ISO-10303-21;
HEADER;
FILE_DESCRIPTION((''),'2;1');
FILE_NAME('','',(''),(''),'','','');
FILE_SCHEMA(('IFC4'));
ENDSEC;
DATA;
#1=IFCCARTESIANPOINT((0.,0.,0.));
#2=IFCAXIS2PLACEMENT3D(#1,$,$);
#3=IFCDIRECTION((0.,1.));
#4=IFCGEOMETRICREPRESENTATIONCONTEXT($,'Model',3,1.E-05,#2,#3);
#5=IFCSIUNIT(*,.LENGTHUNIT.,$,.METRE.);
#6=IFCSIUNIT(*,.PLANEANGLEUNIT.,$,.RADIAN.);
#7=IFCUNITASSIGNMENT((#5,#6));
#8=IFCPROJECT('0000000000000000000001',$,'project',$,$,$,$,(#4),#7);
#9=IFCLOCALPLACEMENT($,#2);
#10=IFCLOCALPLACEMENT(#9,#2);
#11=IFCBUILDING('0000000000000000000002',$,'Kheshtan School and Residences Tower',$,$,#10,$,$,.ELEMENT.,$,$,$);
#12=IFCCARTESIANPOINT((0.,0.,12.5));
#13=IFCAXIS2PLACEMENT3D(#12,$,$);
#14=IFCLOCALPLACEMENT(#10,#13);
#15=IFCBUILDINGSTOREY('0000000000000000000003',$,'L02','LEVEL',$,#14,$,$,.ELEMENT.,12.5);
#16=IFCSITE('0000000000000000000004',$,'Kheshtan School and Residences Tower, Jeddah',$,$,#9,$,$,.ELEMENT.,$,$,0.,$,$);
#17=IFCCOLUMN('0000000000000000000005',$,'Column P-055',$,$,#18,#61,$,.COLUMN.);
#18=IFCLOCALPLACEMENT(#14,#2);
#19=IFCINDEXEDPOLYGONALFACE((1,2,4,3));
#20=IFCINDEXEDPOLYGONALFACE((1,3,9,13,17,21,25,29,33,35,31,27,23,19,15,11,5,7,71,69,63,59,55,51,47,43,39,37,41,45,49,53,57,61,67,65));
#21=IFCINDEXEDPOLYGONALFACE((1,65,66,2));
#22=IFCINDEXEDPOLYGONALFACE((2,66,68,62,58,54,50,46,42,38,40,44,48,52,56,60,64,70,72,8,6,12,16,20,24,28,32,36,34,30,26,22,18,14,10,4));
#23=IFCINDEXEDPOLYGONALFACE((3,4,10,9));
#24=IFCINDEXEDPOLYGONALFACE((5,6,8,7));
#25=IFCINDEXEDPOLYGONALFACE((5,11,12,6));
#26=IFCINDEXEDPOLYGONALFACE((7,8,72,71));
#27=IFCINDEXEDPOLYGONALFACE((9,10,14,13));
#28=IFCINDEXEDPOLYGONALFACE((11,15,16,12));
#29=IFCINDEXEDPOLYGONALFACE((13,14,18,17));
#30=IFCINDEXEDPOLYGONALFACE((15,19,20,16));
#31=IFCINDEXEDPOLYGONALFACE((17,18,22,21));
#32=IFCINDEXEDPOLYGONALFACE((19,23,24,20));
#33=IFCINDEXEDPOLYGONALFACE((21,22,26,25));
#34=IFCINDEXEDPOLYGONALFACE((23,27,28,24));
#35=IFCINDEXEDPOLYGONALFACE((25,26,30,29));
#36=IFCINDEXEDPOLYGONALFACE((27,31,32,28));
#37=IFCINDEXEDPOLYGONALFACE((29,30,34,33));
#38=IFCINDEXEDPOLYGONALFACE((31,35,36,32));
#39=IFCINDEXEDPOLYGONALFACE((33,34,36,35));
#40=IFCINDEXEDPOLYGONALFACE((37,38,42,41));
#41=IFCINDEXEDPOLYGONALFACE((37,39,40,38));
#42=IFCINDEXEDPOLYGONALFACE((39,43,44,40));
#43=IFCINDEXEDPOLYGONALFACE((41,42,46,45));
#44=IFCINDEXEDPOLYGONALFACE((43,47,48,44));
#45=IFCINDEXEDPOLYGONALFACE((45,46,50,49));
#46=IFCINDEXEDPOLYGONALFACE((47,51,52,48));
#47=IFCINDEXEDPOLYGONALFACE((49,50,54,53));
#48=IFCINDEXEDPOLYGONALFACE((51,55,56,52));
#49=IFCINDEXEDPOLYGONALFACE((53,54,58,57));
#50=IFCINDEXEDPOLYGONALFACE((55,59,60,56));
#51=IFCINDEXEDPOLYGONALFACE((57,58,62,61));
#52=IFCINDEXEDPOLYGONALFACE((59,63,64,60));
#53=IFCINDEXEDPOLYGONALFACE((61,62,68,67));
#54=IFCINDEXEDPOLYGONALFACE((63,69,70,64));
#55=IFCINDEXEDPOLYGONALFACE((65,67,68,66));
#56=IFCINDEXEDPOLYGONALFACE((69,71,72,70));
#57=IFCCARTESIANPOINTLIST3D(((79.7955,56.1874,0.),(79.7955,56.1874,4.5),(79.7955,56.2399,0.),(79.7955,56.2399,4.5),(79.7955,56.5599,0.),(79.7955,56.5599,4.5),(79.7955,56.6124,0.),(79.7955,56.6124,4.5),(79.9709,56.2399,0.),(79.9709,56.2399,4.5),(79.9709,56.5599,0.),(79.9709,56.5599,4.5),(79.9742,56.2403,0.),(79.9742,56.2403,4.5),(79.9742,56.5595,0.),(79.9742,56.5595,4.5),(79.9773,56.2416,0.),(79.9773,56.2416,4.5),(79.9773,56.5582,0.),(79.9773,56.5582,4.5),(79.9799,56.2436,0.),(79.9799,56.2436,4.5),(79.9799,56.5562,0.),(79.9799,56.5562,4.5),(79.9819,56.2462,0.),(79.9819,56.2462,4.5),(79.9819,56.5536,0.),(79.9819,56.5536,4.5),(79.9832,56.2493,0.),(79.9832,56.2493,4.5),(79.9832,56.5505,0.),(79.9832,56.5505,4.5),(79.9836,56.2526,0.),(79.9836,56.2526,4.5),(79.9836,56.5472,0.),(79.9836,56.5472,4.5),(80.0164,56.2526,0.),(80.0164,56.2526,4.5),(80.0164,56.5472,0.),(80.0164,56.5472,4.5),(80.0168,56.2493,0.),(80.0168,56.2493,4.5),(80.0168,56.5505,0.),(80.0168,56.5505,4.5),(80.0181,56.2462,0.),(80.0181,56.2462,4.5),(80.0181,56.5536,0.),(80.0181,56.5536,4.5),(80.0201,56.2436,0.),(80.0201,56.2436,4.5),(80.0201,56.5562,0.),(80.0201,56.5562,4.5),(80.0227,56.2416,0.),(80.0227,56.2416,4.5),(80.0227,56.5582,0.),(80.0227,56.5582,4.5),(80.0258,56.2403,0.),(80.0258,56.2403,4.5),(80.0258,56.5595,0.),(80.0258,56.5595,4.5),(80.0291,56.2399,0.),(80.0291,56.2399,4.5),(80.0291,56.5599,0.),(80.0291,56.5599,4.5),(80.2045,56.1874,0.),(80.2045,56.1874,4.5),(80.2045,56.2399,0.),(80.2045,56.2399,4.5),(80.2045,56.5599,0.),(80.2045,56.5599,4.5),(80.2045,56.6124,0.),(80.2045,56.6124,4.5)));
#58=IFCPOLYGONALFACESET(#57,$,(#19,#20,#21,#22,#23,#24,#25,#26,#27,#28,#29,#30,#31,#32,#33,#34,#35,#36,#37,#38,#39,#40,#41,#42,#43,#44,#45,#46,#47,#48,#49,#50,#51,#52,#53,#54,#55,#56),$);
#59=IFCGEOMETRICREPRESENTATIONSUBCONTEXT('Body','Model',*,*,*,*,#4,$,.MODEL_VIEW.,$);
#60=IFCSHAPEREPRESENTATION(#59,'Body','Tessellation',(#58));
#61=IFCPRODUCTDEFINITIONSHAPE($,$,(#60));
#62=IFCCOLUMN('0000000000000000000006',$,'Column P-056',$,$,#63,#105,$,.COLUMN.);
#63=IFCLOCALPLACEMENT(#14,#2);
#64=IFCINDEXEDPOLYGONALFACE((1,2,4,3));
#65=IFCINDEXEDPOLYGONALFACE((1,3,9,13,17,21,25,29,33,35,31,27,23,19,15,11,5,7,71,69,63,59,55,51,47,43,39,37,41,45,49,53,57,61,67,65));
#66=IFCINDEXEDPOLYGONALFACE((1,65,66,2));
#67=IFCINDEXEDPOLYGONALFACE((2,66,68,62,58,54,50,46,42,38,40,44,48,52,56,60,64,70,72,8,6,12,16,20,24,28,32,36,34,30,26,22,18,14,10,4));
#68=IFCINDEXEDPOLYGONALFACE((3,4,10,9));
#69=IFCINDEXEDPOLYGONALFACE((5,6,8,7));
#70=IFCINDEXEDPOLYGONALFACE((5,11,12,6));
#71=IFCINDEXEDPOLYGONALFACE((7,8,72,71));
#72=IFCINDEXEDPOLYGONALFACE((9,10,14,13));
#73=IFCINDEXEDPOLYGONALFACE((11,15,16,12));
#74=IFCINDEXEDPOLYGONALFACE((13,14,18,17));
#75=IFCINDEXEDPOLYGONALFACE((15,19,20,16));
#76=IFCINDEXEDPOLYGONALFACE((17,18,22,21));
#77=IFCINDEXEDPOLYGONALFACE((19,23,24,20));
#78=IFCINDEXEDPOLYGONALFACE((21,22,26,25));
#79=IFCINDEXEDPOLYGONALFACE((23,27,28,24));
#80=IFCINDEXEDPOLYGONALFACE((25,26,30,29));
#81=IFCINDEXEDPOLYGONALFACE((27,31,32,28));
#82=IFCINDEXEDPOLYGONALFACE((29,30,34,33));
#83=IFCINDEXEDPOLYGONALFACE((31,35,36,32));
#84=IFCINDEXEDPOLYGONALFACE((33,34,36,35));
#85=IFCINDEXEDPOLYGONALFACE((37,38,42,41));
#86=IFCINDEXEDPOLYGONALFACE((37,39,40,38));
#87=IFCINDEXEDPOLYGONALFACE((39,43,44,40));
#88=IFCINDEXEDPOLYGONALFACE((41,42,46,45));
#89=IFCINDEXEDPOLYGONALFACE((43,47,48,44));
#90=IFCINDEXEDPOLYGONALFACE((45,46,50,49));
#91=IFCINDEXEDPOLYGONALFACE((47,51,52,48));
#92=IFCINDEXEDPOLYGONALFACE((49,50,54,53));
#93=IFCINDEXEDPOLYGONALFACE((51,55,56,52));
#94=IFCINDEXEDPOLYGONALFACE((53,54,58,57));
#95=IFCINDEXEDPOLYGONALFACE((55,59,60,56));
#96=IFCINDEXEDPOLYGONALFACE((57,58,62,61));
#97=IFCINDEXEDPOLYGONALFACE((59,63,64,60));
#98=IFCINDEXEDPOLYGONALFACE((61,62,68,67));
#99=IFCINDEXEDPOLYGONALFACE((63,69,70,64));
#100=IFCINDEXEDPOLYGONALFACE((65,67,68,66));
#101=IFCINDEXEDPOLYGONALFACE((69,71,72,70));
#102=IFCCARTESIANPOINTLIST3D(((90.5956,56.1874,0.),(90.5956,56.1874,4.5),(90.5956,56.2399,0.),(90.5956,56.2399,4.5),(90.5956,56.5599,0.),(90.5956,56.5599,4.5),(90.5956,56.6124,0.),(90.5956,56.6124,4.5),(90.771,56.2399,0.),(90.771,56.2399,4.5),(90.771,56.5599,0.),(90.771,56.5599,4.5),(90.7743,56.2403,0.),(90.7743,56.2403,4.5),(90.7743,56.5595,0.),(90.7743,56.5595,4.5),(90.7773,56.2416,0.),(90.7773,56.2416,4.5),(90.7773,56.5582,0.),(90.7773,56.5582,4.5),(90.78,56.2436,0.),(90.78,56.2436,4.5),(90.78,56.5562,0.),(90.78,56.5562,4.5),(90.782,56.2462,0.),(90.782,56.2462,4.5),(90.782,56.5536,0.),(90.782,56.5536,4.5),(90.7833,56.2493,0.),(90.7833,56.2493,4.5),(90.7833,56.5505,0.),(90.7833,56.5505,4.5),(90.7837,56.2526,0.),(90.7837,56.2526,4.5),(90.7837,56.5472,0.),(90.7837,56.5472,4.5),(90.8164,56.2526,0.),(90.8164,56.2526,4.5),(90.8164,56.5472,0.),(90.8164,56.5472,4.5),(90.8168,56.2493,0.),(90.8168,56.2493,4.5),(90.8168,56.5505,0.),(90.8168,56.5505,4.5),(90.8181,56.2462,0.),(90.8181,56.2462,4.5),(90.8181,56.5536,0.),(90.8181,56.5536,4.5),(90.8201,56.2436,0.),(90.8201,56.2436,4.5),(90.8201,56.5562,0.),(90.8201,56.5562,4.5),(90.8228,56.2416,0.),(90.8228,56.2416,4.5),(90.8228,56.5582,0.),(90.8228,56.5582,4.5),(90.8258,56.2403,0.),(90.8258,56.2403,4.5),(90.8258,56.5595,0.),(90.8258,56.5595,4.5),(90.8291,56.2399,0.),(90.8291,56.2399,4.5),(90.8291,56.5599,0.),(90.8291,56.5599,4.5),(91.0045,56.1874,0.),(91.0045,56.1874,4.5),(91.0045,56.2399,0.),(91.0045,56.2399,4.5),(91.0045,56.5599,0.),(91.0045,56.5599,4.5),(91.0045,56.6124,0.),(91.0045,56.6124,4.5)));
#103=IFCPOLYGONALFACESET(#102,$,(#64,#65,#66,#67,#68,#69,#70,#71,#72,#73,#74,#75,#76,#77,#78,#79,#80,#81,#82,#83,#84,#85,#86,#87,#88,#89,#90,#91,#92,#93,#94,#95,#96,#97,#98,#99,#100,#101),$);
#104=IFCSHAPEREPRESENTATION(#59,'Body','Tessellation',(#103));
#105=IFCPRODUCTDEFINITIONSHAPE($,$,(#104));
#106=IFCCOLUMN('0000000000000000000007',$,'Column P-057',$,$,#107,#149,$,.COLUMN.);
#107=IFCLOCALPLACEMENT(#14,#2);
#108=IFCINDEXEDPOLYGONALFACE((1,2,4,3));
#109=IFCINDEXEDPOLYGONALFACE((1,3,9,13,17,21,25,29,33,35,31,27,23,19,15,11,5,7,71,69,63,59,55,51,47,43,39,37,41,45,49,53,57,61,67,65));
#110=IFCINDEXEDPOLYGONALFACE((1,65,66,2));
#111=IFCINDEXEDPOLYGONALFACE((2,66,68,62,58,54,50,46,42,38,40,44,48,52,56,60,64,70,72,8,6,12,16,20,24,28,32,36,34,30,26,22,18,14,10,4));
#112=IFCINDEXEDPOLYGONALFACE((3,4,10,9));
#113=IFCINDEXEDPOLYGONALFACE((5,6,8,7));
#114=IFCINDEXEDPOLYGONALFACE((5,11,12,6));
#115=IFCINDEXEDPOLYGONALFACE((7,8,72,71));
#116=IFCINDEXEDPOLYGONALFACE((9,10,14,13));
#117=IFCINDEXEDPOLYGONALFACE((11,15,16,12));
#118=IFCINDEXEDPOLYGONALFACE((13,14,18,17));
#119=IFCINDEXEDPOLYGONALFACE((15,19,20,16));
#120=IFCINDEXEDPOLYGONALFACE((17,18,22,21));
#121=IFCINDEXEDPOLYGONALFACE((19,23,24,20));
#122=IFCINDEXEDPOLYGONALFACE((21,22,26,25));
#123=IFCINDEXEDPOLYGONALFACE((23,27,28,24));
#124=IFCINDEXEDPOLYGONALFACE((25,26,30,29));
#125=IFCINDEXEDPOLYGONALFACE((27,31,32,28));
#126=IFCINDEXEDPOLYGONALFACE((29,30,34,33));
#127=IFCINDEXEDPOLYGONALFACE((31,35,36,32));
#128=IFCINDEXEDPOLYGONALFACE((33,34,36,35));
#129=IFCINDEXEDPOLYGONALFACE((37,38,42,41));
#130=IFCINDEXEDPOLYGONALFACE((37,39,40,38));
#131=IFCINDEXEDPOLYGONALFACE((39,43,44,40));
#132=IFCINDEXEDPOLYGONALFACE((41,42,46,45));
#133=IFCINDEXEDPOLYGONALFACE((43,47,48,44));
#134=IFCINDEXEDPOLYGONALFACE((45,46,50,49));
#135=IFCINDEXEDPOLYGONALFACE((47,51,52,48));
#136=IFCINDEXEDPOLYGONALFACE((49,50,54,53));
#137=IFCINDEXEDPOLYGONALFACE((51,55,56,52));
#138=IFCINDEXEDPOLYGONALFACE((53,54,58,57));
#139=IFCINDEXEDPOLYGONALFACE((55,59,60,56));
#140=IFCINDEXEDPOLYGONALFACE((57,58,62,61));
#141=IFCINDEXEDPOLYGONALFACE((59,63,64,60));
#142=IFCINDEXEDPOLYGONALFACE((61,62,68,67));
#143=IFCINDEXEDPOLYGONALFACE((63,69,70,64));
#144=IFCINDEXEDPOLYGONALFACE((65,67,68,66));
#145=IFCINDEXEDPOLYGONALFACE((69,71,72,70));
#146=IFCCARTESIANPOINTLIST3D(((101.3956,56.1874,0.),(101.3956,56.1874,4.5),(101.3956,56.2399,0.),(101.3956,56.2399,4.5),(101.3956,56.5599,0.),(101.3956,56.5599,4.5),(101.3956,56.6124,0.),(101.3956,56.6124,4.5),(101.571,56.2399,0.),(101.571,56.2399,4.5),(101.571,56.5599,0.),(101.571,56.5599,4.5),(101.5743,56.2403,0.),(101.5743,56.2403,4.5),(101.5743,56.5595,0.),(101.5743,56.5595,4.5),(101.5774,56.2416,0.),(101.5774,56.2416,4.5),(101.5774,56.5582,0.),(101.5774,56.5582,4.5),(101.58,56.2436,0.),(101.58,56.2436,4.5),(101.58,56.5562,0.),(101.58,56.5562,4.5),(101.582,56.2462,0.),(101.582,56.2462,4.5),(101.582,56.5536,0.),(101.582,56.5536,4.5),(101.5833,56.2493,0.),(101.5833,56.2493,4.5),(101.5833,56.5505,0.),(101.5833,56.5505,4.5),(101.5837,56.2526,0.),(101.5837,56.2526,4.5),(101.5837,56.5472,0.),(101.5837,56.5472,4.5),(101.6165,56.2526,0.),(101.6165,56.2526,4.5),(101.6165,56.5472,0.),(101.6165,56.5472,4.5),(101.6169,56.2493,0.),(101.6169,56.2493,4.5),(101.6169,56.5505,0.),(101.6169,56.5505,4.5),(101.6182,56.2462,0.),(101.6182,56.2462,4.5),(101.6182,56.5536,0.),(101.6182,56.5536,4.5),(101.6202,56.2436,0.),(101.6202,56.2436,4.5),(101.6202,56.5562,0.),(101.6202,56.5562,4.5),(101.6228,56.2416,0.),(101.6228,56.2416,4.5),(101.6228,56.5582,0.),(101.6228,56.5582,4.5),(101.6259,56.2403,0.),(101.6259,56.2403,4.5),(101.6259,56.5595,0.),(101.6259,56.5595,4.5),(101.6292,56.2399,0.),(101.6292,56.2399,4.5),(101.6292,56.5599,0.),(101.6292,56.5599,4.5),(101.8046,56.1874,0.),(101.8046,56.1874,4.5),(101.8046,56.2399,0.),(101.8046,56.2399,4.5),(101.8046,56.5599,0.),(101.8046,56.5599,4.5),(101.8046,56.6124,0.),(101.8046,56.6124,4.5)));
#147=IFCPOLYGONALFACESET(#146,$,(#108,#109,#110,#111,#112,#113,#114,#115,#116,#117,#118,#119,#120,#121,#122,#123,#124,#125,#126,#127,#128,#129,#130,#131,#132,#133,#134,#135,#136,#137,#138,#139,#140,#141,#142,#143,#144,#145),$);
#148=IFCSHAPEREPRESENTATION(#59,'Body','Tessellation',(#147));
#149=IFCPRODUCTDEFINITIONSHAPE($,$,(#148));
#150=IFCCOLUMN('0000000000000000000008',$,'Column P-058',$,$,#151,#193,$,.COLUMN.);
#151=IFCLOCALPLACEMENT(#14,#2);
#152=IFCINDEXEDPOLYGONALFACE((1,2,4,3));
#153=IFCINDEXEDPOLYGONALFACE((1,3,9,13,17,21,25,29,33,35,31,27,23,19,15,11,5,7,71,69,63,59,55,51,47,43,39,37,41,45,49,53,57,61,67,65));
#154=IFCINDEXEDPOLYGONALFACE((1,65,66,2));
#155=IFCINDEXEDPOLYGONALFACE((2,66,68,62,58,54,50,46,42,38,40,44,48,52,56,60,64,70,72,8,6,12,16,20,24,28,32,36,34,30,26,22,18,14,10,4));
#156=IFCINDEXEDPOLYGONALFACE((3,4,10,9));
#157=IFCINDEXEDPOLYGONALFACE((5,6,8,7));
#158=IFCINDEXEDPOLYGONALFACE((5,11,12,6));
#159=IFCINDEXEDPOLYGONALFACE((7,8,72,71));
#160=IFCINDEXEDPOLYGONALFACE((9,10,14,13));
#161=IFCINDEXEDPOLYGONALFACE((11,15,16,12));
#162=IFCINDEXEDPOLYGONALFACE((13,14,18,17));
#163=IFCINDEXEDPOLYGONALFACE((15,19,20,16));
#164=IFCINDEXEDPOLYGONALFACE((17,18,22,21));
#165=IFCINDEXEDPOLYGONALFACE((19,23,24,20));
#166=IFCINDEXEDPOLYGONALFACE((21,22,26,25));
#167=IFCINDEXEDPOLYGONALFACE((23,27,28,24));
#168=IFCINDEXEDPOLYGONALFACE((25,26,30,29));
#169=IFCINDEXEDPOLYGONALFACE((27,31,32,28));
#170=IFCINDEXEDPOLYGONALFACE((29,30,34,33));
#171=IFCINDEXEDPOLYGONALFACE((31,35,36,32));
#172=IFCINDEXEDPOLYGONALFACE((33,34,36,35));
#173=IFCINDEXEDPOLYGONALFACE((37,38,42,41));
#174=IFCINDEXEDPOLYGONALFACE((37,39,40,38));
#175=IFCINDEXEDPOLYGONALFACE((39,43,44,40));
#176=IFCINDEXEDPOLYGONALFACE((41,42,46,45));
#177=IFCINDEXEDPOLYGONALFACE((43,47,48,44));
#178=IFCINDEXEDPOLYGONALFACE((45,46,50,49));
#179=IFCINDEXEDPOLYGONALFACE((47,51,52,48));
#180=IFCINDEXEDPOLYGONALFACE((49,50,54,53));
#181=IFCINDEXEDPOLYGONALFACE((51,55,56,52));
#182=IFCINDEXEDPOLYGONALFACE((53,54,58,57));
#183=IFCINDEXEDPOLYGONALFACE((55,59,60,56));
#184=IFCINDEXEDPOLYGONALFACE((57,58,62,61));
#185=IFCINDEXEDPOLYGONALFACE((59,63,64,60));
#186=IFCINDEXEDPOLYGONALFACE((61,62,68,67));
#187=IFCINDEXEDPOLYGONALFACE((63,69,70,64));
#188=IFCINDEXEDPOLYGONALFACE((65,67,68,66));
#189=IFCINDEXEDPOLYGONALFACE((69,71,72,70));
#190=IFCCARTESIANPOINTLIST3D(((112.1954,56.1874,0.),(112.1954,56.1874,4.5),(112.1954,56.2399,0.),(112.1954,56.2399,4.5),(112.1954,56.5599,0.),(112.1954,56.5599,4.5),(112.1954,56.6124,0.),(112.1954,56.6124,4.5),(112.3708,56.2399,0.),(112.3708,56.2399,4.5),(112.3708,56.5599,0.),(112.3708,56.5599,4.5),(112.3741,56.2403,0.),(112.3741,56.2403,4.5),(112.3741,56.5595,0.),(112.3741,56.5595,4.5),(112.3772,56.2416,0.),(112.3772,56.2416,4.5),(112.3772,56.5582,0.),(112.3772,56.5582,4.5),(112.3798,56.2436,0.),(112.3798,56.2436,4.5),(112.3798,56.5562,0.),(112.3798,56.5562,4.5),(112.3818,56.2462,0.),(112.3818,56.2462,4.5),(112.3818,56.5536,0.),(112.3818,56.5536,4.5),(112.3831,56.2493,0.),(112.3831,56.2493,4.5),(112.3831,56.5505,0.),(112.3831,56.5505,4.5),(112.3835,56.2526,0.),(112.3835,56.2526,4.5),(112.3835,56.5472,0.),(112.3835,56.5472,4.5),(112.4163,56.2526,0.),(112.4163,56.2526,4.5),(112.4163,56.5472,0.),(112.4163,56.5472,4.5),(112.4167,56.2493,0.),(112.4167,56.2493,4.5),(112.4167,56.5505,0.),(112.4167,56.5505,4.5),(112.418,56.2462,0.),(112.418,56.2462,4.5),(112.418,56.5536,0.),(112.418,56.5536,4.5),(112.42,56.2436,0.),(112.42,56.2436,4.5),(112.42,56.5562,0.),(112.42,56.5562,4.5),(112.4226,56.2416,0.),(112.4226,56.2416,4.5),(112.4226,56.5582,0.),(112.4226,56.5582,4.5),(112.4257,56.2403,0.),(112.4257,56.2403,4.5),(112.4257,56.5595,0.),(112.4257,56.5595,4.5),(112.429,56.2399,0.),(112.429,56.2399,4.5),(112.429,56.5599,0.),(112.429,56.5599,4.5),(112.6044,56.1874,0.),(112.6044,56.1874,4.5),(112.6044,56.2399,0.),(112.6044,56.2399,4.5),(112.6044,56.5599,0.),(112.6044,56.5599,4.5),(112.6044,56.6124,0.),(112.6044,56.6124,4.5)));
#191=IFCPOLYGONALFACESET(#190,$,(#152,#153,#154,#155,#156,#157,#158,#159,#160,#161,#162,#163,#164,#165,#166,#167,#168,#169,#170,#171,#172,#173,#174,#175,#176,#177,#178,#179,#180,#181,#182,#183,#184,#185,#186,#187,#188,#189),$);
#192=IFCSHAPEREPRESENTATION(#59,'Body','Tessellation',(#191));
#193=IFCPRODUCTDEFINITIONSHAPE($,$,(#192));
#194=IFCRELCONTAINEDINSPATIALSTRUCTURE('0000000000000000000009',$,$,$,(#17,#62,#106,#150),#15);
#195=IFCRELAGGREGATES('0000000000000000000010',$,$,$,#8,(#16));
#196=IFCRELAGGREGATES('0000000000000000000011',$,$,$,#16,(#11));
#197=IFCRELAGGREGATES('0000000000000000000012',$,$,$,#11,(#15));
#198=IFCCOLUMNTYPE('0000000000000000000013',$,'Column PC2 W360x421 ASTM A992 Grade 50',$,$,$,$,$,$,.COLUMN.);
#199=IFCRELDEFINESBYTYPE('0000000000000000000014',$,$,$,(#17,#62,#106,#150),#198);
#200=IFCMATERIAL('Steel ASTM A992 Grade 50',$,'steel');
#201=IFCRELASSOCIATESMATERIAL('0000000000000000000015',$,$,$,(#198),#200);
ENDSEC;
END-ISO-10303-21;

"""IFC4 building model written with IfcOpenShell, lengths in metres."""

from ifc_helpers import new_model, si_unit, direction, frame, origin, origin_2d, place, context, subcontext, project, spatial, i_section, extrude, material, material_profile, profile_set, type_object, element, save


model = new_model("IFC4")

# Units and contexts
model_context = context("Model", 3, precision=1e-05, world=origin(), true_north=direction((0.0, 1.0)))
body_context = subcontext(model_context, "Body", "Model", "MODEL_VIEW")
ifc_project = project(units=[si_unit("LENGTHUNIT", "METRE"), si_unit("PLANEANGLEUNIT", "RADIAN")], contexts=[model_context])

# Site, building, storey
site_placement = place(None, origin())
site = spatial("IfcSite", under=ifc_project, at=site_placement, Name="Kheshtan School and Residences Tower, Jeddah", CompositionType="ELEMENT", RefElevation=0.0)
building_placement = place(site_placement, origin())
building = spatial("IfcBuilding", under=site, at=building_placement, Name="Kheshtan School and Residences Tower", CompositionType="ELEMENT")
storey_placement = place(building_placement, frame((0.0, 0.0, 12.5)))
storey = spatial("IfcBuildingStorey", under=building, at=storey_placement, Name="L02", Description="LEVEL", CompositionType="ELEMENT", Elevation=12.5)

# Columns
ifc_material_1 = material(Name="Steel ASTM A992 Grade 50", Category="steel")
ifc_material_profile_1 = material_profile(ifc_material_1, i_section(OverallWidth=0.4089, OverallDepth=0.425, WebThickness=0.0327, FlangeThickness=0.0525, FilletRadius=0.0127, at=origin_2d()), Name="W360x421")
ifc_profile_set_1 = profile_set([ifc_material_profile_1], Name="Steel ASTM A992 Grade 50")
column_type = type_object("IfcColumnType", Name="Column PC2 W360x421 ASTM A992 Grade 50", PredefinedType="COLUMN", material=ifc_profile_set_1)
for number, where, z_axis, x_axis, name in (
    (1, (80.0, 56.3999, 0.0), (0.0, 0.0, 1.0), (1.0, 0.0, 0.0), "Column P-055"),
    (2, (90.8, 56.3999, 0.0), (0.0, 0.0, 1.0), (1.0, 0.0, 0.0), "Column P-056"),
    (3, (101.6001, 56.3999, 0.0), (0.0, 0.0, 1.0), (1.0, 0.0, 0.0), "Column P-057"),
    (4, (112.3999, 56.3999, 0.0), (0.0, 0.0, 1.0), (1.0, 0.0, 0.0), "Column P-058"),
):
    element("IfcColumn", number, at=place(storey_placement, frame(where, z_axis=z_axis, x_axis=x_axis)), inside=storey, type_object=column_type, Name=name, PredefinedType="COLUMN", context=body_context, shape_type="SweptSolid", body=[
        extrude(i_section(OverallWidth=0.4089, OverallDepth=0.425, WebThickness=0.0327, FlangeThickness=0.0525, FilletRadius=0.0127, at=origin_2d()), origin(), (0.0, 0.0, 1.0), 4.5),
    ])

save(model, "model.ifc")
